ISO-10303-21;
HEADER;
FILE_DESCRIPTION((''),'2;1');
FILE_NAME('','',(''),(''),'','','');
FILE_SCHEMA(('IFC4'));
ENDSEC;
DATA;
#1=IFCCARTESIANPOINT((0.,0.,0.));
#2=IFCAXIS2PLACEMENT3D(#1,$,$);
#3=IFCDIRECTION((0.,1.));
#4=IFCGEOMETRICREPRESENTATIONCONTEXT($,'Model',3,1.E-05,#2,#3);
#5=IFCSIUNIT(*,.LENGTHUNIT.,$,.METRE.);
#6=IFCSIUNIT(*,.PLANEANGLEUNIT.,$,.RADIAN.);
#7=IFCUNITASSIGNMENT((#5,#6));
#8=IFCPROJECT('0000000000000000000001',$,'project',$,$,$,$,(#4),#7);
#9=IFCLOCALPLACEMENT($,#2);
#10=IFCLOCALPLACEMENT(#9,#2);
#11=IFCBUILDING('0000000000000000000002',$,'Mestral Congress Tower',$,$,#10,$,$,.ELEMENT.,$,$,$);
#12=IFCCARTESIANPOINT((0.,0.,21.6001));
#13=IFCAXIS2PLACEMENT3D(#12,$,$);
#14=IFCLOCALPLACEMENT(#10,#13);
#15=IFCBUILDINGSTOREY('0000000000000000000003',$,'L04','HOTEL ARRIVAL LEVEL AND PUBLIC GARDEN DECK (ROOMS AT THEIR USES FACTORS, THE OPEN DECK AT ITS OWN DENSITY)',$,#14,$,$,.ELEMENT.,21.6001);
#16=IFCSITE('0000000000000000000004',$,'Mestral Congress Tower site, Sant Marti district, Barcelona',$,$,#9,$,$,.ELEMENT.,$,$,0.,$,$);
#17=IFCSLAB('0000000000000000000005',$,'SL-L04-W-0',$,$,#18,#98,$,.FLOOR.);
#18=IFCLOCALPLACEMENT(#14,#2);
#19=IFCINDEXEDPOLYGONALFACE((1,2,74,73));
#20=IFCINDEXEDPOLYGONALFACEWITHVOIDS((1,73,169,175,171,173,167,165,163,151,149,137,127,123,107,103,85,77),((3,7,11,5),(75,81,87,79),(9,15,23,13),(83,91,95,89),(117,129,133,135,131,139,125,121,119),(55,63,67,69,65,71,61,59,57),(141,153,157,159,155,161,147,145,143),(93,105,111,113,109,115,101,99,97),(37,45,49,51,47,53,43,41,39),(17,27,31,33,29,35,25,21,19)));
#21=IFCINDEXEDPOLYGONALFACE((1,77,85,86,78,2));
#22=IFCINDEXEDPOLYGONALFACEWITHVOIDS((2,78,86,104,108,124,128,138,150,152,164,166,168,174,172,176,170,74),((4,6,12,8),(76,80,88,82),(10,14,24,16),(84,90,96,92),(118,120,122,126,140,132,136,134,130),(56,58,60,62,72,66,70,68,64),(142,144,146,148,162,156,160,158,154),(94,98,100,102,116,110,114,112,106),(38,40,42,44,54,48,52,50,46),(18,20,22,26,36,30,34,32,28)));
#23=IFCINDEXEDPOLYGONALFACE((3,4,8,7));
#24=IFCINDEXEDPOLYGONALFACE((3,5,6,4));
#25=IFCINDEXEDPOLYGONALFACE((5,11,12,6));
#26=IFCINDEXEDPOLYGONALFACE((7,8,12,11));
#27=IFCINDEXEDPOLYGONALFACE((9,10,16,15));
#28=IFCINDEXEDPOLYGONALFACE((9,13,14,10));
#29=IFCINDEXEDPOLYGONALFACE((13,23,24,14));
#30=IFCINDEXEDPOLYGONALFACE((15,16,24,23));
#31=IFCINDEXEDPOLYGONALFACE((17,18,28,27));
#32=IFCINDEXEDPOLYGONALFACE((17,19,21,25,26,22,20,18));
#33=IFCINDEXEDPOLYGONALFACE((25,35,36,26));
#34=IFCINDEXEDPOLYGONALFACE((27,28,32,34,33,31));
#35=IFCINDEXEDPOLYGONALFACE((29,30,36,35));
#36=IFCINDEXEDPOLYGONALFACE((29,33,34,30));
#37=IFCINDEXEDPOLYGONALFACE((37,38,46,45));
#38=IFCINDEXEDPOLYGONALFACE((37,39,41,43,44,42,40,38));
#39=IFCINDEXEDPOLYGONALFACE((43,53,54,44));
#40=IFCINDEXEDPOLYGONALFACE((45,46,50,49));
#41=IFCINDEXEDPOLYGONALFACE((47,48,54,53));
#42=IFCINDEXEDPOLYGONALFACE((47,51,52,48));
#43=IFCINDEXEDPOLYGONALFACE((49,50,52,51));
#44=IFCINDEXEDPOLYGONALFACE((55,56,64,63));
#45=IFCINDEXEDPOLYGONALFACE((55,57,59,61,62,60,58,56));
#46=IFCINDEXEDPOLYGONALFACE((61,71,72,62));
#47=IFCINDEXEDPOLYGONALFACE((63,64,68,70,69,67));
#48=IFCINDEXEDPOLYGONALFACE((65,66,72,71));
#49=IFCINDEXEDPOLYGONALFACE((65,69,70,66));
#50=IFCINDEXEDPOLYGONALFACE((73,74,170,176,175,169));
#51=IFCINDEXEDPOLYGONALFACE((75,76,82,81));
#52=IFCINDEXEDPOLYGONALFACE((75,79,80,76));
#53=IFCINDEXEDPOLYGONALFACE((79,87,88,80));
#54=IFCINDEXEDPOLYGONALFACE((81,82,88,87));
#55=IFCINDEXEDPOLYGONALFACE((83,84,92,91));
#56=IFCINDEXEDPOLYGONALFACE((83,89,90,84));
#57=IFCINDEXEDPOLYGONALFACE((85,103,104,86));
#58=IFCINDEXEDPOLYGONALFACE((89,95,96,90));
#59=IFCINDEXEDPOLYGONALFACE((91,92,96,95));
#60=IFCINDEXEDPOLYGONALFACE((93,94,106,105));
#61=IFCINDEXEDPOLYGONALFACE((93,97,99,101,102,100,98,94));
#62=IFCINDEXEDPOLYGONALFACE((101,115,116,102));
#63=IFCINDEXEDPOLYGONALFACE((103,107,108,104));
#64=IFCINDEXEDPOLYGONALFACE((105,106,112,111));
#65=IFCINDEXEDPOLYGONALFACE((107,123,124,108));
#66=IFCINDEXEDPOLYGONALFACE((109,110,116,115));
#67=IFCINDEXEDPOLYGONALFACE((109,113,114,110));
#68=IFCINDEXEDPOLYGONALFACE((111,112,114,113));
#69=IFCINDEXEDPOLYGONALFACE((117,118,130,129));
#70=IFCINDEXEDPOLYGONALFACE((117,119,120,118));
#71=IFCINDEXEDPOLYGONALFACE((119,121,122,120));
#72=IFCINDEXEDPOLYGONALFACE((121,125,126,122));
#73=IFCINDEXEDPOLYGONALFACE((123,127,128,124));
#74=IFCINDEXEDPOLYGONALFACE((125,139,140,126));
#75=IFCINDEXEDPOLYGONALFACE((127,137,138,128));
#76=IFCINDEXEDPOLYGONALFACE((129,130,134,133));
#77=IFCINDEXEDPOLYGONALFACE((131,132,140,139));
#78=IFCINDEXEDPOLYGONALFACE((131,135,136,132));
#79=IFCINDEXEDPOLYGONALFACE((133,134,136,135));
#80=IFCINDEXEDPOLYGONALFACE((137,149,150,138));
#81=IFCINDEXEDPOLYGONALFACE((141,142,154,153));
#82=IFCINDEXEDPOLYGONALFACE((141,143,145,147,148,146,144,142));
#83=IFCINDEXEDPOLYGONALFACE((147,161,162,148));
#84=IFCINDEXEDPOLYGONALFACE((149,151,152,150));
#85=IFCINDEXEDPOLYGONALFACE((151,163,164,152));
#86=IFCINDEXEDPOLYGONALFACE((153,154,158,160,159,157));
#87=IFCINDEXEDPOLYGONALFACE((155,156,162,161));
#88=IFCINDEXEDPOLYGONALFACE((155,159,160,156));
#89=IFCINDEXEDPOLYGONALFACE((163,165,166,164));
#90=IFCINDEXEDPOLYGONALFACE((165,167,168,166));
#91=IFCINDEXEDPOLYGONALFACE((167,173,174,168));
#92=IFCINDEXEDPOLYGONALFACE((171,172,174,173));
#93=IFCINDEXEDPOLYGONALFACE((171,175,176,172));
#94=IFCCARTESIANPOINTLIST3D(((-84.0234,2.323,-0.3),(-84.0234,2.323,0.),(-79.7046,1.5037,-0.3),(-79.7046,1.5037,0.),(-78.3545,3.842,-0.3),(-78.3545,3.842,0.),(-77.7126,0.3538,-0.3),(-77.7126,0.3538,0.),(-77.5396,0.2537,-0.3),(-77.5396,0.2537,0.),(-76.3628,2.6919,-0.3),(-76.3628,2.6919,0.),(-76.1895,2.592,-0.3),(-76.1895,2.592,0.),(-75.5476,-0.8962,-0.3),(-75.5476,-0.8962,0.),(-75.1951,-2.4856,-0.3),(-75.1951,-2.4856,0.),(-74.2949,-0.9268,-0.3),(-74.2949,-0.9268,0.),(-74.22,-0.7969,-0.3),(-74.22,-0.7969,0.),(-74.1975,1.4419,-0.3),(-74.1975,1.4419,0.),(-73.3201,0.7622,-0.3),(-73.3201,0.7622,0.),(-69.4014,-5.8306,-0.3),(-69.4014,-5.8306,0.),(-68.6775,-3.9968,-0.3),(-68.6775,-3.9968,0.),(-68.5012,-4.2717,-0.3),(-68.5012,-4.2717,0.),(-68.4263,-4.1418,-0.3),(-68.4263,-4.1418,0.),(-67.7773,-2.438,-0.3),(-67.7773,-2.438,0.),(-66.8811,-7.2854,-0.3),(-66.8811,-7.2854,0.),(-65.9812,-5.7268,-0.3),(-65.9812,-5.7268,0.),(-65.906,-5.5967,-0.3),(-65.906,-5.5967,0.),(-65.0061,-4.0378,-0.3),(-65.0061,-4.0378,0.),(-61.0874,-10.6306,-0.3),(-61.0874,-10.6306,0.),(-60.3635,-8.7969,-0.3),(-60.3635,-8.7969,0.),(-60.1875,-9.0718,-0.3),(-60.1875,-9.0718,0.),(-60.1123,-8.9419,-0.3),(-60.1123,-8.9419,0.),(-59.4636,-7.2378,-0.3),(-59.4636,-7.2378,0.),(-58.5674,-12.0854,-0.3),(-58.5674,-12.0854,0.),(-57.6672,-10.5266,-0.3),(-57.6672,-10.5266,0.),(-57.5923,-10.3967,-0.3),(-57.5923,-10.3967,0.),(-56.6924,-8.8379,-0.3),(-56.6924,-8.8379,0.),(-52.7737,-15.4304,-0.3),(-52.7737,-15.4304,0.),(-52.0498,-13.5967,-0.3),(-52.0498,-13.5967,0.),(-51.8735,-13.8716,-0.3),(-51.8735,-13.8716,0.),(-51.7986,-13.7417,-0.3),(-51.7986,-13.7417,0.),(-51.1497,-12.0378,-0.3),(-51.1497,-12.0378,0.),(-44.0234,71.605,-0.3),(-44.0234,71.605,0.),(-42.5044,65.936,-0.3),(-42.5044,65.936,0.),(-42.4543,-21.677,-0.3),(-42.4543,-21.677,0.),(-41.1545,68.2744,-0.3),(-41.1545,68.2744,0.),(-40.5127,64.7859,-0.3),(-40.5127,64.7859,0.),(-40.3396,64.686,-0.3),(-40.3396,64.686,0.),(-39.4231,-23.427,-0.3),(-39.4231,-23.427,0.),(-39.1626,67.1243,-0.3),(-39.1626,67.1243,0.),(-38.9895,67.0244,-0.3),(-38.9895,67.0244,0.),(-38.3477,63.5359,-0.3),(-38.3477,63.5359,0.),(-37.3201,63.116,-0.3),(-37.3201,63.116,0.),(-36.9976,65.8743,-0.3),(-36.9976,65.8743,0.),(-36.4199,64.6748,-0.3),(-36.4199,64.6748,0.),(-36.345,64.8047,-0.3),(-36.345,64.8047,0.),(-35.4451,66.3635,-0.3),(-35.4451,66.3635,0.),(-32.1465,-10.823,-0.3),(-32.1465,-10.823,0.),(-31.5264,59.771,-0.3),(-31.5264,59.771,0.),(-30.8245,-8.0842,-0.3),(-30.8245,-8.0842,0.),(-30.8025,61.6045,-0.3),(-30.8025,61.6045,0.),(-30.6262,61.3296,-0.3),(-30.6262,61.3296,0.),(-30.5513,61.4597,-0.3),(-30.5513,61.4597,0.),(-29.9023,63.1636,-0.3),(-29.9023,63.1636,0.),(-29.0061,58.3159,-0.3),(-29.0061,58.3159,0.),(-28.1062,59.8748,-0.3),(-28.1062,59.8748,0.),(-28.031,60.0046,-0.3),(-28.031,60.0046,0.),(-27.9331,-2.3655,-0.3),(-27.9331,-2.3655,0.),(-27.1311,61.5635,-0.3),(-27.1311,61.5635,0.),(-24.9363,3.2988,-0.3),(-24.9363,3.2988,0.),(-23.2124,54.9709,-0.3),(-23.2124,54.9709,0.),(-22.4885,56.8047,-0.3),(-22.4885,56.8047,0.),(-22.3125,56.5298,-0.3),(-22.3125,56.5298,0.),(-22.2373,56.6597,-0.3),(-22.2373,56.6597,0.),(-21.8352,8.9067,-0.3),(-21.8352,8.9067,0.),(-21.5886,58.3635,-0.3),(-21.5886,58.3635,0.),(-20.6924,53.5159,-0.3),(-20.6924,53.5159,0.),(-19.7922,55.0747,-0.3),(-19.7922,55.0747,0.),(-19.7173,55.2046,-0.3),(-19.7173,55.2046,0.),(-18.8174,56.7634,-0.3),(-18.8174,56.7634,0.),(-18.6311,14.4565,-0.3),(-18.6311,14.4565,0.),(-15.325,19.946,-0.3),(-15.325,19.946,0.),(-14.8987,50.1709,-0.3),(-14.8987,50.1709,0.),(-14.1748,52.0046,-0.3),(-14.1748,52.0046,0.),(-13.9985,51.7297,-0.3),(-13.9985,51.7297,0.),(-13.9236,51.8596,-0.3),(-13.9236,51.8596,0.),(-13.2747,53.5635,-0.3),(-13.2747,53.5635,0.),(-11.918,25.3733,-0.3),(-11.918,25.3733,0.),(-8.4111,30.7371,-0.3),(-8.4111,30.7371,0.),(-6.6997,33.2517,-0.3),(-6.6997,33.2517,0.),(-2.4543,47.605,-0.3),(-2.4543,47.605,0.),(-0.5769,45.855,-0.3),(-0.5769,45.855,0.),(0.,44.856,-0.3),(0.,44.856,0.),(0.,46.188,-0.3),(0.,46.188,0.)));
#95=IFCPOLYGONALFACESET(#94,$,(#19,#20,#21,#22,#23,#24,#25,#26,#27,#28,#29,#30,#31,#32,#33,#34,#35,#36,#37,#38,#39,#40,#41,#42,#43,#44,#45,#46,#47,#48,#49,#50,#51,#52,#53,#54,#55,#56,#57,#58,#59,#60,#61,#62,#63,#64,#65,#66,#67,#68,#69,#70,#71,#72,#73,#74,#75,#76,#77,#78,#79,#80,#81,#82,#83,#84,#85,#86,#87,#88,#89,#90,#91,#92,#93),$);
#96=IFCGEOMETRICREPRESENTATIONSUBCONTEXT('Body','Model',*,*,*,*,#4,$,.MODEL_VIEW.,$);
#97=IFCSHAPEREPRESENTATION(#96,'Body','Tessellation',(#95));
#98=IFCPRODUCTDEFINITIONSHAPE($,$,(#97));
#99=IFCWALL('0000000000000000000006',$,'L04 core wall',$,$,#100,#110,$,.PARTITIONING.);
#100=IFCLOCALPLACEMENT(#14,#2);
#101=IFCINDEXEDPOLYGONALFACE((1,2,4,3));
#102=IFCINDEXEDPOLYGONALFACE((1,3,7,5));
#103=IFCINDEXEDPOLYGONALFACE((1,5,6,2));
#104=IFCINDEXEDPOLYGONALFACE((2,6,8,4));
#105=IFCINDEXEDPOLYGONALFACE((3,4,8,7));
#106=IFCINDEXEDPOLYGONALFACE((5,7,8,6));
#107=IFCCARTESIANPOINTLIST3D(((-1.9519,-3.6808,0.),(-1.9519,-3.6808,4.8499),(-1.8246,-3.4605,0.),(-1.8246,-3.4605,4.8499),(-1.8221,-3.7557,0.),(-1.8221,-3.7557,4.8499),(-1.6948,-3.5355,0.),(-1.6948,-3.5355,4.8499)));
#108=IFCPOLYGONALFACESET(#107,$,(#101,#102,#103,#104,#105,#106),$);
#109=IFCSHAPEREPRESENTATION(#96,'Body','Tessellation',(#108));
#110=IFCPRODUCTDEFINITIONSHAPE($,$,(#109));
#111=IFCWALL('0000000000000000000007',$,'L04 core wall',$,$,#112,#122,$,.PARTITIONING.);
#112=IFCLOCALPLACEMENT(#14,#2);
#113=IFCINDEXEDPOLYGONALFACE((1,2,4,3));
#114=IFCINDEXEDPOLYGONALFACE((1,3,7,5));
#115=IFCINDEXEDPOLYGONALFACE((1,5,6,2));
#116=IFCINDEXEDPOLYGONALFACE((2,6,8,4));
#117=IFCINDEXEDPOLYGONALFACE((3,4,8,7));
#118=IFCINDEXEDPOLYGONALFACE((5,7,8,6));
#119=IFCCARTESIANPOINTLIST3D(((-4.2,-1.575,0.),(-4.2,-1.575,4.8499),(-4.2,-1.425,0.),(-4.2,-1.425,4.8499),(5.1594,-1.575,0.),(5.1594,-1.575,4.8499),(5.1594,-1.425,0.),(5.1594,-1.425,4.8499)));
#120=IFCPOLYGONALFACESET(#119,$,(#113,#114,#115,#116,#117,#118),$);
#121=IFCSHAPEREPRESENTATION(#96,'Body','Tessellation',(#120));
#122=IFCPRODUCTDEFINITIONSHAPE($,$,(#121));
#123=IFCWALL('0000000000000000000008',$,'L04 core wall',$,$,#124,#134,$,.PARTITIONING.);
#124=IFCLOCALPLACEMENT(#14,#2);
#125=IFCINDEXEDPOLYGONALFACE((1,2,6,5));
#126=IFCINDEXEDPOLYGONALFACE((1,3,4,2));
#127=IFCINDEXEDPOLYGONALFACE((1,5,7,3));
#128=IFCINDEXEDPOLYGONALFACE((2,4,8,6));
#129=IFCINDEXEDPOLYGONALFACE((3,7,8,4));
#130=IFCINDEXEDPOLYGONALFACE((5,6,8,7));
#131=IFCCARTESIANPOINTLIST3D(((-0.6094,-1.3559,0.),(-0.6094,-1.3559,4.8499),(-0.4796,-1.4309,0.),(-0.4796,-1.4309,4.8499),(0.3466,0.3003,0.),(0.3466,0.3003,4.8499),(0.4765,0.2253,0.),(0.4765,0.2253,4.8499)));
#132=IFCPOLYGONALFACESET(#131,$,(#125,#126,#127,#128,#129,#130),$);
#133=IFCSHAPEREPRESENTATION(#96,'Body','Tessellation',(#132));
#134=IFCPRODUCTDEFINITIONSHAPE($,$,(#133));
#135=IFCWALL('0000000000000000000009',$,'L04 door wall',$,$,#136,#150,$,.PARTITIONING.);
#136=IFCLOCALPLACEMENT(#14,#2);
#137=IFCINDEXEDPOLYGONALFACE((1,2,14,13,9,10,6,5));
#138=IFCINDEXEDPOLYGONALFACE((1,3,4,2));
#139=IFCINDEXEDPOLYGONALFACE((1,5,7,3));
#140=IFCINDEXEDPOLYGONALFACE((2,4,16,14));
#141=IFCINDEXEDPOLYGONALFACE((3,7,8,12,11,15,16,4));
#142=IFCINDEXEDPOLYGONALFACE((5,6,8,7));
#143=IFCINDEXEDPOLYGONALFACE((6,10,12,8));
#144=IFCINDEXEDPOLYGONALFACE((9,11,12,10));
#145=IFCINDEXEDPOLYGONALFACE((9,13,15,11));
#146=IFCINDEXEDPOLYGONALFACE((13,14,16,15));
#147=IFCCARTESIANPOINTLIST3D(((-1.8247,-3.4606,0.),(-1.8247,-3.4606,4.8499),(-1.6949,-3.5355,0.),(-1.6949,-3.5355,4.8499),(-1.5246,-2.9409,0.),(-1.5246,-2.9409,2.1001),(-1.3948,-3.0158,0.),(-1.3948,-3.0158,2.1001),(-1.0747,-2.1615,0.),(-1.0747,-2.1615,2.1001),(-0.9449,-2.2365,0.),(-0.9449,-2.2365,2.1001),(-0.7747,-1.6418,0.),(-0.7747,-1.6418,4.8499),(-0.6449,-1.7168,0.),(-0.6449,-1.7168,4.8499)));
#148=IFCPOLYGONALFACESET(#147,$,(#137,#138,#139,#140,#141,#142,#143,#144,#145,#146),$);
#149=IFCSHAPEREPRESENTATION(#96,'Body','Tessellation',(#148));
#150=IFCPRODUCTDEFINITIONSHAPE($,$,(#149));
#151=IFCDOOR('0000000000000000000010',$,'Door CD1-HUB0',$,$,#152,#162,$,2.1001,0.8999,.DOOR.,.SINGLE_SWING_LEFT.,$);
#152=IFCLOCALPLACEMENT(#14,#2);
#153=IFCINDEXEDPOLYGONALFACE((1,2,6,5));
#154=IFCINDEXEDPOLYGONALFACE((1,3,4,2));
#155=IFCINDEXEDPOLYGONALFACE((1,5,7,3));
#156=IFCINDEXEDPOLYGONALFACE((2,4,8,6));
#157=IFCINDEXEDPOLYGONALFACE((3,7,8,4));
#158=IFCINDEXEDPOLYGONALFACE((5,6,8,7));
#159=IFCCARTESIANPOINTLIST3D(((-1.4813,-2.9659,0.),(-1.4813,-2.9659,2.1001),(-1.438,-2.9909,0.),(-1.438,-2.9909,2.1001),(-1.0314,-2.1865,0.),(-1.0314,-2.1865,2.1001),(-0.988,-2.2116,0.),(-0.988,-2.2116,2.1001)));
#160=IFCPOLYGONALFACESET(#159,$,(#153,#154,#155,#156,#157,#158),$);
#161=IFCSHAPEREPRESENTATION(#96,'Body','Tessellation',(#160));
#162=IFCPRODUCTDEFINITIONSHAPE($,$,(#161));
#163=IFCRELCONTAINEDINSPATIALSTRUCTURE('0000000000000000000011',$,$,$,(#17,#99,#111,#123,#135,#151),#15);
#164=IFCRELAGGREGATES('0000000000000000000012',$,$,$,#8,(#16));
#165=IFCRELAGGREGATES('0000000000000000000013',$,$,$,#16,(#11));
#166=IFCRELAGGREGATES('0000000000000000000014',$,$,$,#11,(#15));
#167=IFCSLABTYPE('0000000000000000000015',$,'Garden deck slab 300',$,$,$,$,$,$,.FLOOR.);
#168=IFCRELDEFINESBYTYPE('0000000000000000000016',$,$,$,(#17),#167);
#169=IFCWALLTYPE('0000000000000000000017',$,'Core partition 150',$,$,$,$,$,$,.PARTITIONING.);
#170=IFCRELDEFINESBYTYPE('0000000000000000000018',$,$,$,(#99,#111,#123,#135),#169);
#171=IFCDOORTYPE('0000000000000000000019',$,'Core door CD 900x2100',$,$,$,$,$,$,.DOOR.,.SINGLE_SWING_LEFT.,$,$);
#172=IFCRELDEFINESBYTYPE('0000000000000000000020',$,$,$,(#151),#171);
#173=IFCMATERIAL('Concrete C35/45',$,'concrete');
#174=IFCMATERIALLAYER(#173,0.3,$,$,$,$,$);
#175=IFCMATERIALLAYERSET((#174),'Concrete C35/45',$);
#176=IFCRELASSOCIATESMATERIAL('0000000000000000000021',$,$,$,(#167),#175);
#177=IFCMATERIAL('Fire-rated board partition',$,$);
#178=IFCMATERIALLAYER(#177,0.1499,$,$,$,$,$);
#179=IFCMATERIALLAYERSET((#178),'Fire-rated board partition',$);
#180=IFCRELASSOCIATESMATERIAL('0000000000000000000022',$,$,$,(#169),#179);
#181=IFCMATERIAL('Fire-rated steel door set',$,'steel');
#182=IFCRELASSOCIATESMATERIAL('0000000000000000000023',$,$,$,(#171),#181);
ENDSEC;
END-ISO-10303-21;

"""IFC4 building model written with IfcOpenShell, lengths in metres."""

from ifc_helpers import new_model, si_unit, direction, frame, frame_2d, origin, place, context, subcontext, project, spatial, polyline, rectangle, outline, extrude, material, layer, layer_set, type_object, element, fill, save


model = new_model("IFC4")

# Units and contexts
model_context = context("Model", 3, precision=1e-05, world=origin(), true_north=direction((0.0, 1.0)))
body_context = subcontext(model_context, "Body", "Model", "MODEL_VIEW")
ifc_project = project(units=[si_unit("LENGTHUNIT", "METRE"), si_unit("PLANEANGLEUNIT", "RADIAN")], contexts=[model_context])

# Site, building, storey
site_placement = place(None, origin())
site = spatial("IfcSite", under=ifc_project, at=site_placement, Name="Mestral Congress Tower site, Sant Marti district, Barcelona", CompositionType="ELEMENT", RefElevation=0.0)
building_placement = place(site_placement, origin())
building = spatial("IfcBuilding", under=site, at=building_placement, Name="Mestral Congress Tower", CompositionType="ELEMENT")
storey_placement = place(building_placement, frame((0.0, 0.0, 21.6001)))
storey = spatial("IfcBuildingStorey", under=building, at=storey_placement, Name="L04", Description="HOTEL ARRIVAL LEVEL AND PUBLIC GARDEN DECK (ROOMS AT THEIR USES FACTORS, THE OPEN DECK AT ITS OWN DENSITY)", CompositionType="ELEMENT", Elevation=21.6001)

# Shared definitions
ifc_material_1 = material(Name="Concrete C35/45", Category="concrete")

# Slab
ifc_layer_1 = layer(ifc_material_1, 0.3)
ifc_layer_set_1 = layer_set([ifc_layer_1], Name="Concrete C35/45")
slab_type_1 = type_object("IfcSlabType", Name="Garden deck slab 300", PredefinedType="FLOOR", material=ifc_layer_set_1)
placement = place(storey_placement, frame((0.0, 0.0, -0.3)))
element("IfcSlab", 1, at=placement, inside=storey, type_object=slab_type_1, Name="SL-L04-W-0", PredefinedType="FLOOR", context=body_context, shape_type="SweptSolid", body=[
    extrude(outline(polyline([(-44.0234, 71.605), (-84.0234, 2.323), (-42.4543, -21.677), (-39.4231, -23.427), (-32.1465, -10.823), (-30.8245, -8.0842), (-27.9331, -2.3655), (-24.9363, 3.2988), (-21.8352, 8.9067), (-18.6311, 14.4565), (-15.325, 19.946), (-11.918, 25.3733), (-8.4111, 30.7371), (-6.6997, 33.2517), (0.0, 44.856), (-0.5769, 45.855), (0.0, 46.188), (-2.4543, 47.605), (-44.0234, 71.605)]), holes=[polyline([(-13.9236, 51.8596), (-13.9985, 51.7297), (-14.8987, 50.1709), (-20.6924, 53.5159), (-19.7922, 55.0747), (-19.7173, 55.2046), (-18.8174, 56.7634), (-13.2747, 53.5635), (-14.1748, 52.0046), (-13.9236, 51.8596)]), polyline([(-51.7986, -13.7417), (-51.8735, -13.8716), (-52.7737, -15.4304), (-58.5674, -12.0854), (-57.6672, -10.5266), (-57.5923, -10.3967), (-56.6924, -8.8379), (-51.1497, -12.0378), (-52.0498, -13.5967), (-51.7986, -13.7417)]), polyline([(-22.2373, 56.6597), (-22.3125, 56.5298), (-23.2124, 54.9709), (-29.0061, 58.3159), (-28.1062, 59.8748), (-28.031, 60.0046), (-27.1311, 61.5635), (-21.5886, 58.3635), (-22.4885, 56.8047), (-22.2373, 56.6597)]), polyline([(-60.3635, -8.7969), (-60.1123, -8.9419), (-60.1875, -9.0718), (-61.0874, -10.6306), (-66.8811, -7.2854), (-65.9812, -5.7268), (-65.906, -5.5967), (-65.0061, -4.0378), (-59.4636, -7.2378), (-60.3635, -8.7969)]), polyline([(-30.8025, 61.6045), (-30.5513, 61.4597), (-30.6262, 61.3296), (-31.5264, 59.771), (-37.3201, 63.116), (-36.4199, 64.6748), (-36.345, 64.8047), (-35.4451, 66.3635), (-29.9023, 63.1636), (-30.8025, 61.6045)]), polyline([(-68.4263, -4.1418), (-68.5012, -4.2717), (-69.4014, -5.8306), (-75.1951, -2.4856), (-74.2949, -0.9268), (-74.22, -0.7969), (-73.3201, 0.7622), (-67.7773, -2.438), (-68.6775, -3.9968), (-68.4263, -4.1418)]), polyline([(-38.3477, 63.5359), (-40.3396, 64.686), (-38.9895, 67.0244), (-36.9976, 65.8743), (-38.3477, 63.5359)]), polyline([(-75.5476, -0.8962), (-77.5396, 0.2537), (-76.1895, 2.592), (-74.1975, 1.4419), (-75.5476, -0.8962)]), polyline([(-39.1626, 67.1243), (-40.5127, 64.7859), (-42.5044, 65.936), (-41.1545, 68.2744), (-39.1626, 67.1243)]), polyline([(-76.3628, 2.6919), (-77.7126, 0.3538), (-79.7046, 1.5037), (-78.3545, 3.842), (-76.3628, 2.6919)])]), origin(), (0.0, 0.0, 1.0), 0.3),
])

# Walls
ifc_material_2 = material(Name="Fire-rated board partition")
ifc_layer_2 = layer(ifc_material_2, 0.1499)
ifc_layer_set_2 = layer_set([ifc_layer_2], Name="Fire-rated board partition")
wall_type_1 = type_object("IfcWallType", Name="Core partition 150", PredefinedType="PARTITIONING", material=ifc_layer_set_2)
wall_1_placement = place(storey_placement, frame((-1.887, -3.7183, 0.0), z_axis=(0.0, 0.0, 1.0), x_axis=(0.500166, 0.86593, 0.0)))
element("IfcWall", 2, at=wall_1_placement, inside=storey, type_object=wall_type_1, Name="L04 core wall", PredefinedType="PARTITIONING", context=body_context, shape_type="SweptSolid", body=[
    extrude(rectangle(XDim=0.2544, YDim=0.1499, at=frame_2d((0.1272, 0.0))), origin(), (0.0, 0.0, 1.0), 4.8499),
])
wall_2_placement = place(storey_placement, frame((-4.2, -1.5, 0.0), z_axis=(0.0, 0.0, 1.0), x_axis=(1.0, 0.0, 0.0)))
element("IfcWall", 3, at=wall_2_placement, inside=storey, type_object=wall_type_1, Name="L04 core wall", PredefinedType="PARTITIONING", context=body_context, shape_type="SweptSolid", body=[
    extrude(rectangle(XDim=9.3594, YDim=0.1499, at=frame_2d((4.6797, 0.0))), origin(), (0.0, 0.0, 1.0), 4.8499),
])
wall_3_placement = place(storey_placement, frame((-0.5444, -1.3933, 0.0), z_axis=(0.0, 0.0, 1.0), x_axis=(0.499929, 0.866067, 0.0)))
element("IfcWall", 4, at=wall_3_placement, inside=storey, type_object=wall_type_1, Name="L04 core wall", PredefinedType="PARTITIONING", context=body_context, shape_type="SweptSolid", body=[
    extrude(rectangle(XDim=1.9124, YDim=0.1499, at=frame_2d((0.9561, 0.0))), origin(), (0.0, 0.0, 1.0), 4.8499),
])

# Wall, opening, door
wall_4_placement = place(storey_placement, frame((-1.7598, -3.498, 0.0), z_axis=(0.0, 0.0, 1.0), x_axis=(0.499977, 0.866038, 0.0)))
wall_4 = element("IfcWall", 5, at=wall_4_placement, inside=storey, type_object=wall_type_1, Name="L04 door wall", PredefinedType="PARTITIONING", context=body_context, shape_type="SweptSolid", body=[
    extrude(rectangle(XDim=2.1001, YDim=0.1499, at=frame_2d((1.05, 0.0))), origin(), (0.0, 0.0, 1.0), 4.8499),
])
opening_1_placement = place(wall_4_placement, frame((0.6001, 0.0, 0.0)))
opening_1 = element("IfcOpeningElement", 6, at=opening_1_placement, cuts=wall_4, PredefinedType="OPENING", context=body_context, shape_type="SweptSolid", body=[
    extrude(rectangle(XDim=0.8999, YDim=2.1001, at=frame_2d((0.45, 1.05))), frame((0.0, 0.085, 0.0), z_axis=(0.0, -1.0, 0.0), x_axis=(1.0, 0.0, 0.0)), (0.0, 0.0, 1.0), 0.1699),
])
ifc_material_3 = material(Name="Fire-rated steel door set", Category="steel")
door_type_1 = type_object("IfcDoorType", Name="Core door CD 900x2100", OperationType="SINGLE_SWING_LEFT", PredefinedType="DOOR", material=ifc_material_3)
door_1_placement = place(opening_1_placement, origin())
door_1 = element("IfcDoor", 7, at=door_1_placement, inside=storey, type_object=door_type_1, Name="Door CD1-HUB0", OperationType="SINGLE_SWING_LEFT", OverallHeight=2.1001, OverallWidth=0.8999, PredefinedType="DOOR", context=body_context, shape_type="SweptSolid", body=[
    extrude(rectangle(XDim=0.8999, YDim=2.1001, at=frame_2d((0.45, 1.05))), frame((0.0, 0.0249, 0.0), z_axis=(0.0, -1.0, 0.0), x_axis=(1.0, 0.0, 0.0)), (0.0, 0.0, 1.0), 0.05),
])
fill(opening_1, door_1)

save(model, "model.ifc")
